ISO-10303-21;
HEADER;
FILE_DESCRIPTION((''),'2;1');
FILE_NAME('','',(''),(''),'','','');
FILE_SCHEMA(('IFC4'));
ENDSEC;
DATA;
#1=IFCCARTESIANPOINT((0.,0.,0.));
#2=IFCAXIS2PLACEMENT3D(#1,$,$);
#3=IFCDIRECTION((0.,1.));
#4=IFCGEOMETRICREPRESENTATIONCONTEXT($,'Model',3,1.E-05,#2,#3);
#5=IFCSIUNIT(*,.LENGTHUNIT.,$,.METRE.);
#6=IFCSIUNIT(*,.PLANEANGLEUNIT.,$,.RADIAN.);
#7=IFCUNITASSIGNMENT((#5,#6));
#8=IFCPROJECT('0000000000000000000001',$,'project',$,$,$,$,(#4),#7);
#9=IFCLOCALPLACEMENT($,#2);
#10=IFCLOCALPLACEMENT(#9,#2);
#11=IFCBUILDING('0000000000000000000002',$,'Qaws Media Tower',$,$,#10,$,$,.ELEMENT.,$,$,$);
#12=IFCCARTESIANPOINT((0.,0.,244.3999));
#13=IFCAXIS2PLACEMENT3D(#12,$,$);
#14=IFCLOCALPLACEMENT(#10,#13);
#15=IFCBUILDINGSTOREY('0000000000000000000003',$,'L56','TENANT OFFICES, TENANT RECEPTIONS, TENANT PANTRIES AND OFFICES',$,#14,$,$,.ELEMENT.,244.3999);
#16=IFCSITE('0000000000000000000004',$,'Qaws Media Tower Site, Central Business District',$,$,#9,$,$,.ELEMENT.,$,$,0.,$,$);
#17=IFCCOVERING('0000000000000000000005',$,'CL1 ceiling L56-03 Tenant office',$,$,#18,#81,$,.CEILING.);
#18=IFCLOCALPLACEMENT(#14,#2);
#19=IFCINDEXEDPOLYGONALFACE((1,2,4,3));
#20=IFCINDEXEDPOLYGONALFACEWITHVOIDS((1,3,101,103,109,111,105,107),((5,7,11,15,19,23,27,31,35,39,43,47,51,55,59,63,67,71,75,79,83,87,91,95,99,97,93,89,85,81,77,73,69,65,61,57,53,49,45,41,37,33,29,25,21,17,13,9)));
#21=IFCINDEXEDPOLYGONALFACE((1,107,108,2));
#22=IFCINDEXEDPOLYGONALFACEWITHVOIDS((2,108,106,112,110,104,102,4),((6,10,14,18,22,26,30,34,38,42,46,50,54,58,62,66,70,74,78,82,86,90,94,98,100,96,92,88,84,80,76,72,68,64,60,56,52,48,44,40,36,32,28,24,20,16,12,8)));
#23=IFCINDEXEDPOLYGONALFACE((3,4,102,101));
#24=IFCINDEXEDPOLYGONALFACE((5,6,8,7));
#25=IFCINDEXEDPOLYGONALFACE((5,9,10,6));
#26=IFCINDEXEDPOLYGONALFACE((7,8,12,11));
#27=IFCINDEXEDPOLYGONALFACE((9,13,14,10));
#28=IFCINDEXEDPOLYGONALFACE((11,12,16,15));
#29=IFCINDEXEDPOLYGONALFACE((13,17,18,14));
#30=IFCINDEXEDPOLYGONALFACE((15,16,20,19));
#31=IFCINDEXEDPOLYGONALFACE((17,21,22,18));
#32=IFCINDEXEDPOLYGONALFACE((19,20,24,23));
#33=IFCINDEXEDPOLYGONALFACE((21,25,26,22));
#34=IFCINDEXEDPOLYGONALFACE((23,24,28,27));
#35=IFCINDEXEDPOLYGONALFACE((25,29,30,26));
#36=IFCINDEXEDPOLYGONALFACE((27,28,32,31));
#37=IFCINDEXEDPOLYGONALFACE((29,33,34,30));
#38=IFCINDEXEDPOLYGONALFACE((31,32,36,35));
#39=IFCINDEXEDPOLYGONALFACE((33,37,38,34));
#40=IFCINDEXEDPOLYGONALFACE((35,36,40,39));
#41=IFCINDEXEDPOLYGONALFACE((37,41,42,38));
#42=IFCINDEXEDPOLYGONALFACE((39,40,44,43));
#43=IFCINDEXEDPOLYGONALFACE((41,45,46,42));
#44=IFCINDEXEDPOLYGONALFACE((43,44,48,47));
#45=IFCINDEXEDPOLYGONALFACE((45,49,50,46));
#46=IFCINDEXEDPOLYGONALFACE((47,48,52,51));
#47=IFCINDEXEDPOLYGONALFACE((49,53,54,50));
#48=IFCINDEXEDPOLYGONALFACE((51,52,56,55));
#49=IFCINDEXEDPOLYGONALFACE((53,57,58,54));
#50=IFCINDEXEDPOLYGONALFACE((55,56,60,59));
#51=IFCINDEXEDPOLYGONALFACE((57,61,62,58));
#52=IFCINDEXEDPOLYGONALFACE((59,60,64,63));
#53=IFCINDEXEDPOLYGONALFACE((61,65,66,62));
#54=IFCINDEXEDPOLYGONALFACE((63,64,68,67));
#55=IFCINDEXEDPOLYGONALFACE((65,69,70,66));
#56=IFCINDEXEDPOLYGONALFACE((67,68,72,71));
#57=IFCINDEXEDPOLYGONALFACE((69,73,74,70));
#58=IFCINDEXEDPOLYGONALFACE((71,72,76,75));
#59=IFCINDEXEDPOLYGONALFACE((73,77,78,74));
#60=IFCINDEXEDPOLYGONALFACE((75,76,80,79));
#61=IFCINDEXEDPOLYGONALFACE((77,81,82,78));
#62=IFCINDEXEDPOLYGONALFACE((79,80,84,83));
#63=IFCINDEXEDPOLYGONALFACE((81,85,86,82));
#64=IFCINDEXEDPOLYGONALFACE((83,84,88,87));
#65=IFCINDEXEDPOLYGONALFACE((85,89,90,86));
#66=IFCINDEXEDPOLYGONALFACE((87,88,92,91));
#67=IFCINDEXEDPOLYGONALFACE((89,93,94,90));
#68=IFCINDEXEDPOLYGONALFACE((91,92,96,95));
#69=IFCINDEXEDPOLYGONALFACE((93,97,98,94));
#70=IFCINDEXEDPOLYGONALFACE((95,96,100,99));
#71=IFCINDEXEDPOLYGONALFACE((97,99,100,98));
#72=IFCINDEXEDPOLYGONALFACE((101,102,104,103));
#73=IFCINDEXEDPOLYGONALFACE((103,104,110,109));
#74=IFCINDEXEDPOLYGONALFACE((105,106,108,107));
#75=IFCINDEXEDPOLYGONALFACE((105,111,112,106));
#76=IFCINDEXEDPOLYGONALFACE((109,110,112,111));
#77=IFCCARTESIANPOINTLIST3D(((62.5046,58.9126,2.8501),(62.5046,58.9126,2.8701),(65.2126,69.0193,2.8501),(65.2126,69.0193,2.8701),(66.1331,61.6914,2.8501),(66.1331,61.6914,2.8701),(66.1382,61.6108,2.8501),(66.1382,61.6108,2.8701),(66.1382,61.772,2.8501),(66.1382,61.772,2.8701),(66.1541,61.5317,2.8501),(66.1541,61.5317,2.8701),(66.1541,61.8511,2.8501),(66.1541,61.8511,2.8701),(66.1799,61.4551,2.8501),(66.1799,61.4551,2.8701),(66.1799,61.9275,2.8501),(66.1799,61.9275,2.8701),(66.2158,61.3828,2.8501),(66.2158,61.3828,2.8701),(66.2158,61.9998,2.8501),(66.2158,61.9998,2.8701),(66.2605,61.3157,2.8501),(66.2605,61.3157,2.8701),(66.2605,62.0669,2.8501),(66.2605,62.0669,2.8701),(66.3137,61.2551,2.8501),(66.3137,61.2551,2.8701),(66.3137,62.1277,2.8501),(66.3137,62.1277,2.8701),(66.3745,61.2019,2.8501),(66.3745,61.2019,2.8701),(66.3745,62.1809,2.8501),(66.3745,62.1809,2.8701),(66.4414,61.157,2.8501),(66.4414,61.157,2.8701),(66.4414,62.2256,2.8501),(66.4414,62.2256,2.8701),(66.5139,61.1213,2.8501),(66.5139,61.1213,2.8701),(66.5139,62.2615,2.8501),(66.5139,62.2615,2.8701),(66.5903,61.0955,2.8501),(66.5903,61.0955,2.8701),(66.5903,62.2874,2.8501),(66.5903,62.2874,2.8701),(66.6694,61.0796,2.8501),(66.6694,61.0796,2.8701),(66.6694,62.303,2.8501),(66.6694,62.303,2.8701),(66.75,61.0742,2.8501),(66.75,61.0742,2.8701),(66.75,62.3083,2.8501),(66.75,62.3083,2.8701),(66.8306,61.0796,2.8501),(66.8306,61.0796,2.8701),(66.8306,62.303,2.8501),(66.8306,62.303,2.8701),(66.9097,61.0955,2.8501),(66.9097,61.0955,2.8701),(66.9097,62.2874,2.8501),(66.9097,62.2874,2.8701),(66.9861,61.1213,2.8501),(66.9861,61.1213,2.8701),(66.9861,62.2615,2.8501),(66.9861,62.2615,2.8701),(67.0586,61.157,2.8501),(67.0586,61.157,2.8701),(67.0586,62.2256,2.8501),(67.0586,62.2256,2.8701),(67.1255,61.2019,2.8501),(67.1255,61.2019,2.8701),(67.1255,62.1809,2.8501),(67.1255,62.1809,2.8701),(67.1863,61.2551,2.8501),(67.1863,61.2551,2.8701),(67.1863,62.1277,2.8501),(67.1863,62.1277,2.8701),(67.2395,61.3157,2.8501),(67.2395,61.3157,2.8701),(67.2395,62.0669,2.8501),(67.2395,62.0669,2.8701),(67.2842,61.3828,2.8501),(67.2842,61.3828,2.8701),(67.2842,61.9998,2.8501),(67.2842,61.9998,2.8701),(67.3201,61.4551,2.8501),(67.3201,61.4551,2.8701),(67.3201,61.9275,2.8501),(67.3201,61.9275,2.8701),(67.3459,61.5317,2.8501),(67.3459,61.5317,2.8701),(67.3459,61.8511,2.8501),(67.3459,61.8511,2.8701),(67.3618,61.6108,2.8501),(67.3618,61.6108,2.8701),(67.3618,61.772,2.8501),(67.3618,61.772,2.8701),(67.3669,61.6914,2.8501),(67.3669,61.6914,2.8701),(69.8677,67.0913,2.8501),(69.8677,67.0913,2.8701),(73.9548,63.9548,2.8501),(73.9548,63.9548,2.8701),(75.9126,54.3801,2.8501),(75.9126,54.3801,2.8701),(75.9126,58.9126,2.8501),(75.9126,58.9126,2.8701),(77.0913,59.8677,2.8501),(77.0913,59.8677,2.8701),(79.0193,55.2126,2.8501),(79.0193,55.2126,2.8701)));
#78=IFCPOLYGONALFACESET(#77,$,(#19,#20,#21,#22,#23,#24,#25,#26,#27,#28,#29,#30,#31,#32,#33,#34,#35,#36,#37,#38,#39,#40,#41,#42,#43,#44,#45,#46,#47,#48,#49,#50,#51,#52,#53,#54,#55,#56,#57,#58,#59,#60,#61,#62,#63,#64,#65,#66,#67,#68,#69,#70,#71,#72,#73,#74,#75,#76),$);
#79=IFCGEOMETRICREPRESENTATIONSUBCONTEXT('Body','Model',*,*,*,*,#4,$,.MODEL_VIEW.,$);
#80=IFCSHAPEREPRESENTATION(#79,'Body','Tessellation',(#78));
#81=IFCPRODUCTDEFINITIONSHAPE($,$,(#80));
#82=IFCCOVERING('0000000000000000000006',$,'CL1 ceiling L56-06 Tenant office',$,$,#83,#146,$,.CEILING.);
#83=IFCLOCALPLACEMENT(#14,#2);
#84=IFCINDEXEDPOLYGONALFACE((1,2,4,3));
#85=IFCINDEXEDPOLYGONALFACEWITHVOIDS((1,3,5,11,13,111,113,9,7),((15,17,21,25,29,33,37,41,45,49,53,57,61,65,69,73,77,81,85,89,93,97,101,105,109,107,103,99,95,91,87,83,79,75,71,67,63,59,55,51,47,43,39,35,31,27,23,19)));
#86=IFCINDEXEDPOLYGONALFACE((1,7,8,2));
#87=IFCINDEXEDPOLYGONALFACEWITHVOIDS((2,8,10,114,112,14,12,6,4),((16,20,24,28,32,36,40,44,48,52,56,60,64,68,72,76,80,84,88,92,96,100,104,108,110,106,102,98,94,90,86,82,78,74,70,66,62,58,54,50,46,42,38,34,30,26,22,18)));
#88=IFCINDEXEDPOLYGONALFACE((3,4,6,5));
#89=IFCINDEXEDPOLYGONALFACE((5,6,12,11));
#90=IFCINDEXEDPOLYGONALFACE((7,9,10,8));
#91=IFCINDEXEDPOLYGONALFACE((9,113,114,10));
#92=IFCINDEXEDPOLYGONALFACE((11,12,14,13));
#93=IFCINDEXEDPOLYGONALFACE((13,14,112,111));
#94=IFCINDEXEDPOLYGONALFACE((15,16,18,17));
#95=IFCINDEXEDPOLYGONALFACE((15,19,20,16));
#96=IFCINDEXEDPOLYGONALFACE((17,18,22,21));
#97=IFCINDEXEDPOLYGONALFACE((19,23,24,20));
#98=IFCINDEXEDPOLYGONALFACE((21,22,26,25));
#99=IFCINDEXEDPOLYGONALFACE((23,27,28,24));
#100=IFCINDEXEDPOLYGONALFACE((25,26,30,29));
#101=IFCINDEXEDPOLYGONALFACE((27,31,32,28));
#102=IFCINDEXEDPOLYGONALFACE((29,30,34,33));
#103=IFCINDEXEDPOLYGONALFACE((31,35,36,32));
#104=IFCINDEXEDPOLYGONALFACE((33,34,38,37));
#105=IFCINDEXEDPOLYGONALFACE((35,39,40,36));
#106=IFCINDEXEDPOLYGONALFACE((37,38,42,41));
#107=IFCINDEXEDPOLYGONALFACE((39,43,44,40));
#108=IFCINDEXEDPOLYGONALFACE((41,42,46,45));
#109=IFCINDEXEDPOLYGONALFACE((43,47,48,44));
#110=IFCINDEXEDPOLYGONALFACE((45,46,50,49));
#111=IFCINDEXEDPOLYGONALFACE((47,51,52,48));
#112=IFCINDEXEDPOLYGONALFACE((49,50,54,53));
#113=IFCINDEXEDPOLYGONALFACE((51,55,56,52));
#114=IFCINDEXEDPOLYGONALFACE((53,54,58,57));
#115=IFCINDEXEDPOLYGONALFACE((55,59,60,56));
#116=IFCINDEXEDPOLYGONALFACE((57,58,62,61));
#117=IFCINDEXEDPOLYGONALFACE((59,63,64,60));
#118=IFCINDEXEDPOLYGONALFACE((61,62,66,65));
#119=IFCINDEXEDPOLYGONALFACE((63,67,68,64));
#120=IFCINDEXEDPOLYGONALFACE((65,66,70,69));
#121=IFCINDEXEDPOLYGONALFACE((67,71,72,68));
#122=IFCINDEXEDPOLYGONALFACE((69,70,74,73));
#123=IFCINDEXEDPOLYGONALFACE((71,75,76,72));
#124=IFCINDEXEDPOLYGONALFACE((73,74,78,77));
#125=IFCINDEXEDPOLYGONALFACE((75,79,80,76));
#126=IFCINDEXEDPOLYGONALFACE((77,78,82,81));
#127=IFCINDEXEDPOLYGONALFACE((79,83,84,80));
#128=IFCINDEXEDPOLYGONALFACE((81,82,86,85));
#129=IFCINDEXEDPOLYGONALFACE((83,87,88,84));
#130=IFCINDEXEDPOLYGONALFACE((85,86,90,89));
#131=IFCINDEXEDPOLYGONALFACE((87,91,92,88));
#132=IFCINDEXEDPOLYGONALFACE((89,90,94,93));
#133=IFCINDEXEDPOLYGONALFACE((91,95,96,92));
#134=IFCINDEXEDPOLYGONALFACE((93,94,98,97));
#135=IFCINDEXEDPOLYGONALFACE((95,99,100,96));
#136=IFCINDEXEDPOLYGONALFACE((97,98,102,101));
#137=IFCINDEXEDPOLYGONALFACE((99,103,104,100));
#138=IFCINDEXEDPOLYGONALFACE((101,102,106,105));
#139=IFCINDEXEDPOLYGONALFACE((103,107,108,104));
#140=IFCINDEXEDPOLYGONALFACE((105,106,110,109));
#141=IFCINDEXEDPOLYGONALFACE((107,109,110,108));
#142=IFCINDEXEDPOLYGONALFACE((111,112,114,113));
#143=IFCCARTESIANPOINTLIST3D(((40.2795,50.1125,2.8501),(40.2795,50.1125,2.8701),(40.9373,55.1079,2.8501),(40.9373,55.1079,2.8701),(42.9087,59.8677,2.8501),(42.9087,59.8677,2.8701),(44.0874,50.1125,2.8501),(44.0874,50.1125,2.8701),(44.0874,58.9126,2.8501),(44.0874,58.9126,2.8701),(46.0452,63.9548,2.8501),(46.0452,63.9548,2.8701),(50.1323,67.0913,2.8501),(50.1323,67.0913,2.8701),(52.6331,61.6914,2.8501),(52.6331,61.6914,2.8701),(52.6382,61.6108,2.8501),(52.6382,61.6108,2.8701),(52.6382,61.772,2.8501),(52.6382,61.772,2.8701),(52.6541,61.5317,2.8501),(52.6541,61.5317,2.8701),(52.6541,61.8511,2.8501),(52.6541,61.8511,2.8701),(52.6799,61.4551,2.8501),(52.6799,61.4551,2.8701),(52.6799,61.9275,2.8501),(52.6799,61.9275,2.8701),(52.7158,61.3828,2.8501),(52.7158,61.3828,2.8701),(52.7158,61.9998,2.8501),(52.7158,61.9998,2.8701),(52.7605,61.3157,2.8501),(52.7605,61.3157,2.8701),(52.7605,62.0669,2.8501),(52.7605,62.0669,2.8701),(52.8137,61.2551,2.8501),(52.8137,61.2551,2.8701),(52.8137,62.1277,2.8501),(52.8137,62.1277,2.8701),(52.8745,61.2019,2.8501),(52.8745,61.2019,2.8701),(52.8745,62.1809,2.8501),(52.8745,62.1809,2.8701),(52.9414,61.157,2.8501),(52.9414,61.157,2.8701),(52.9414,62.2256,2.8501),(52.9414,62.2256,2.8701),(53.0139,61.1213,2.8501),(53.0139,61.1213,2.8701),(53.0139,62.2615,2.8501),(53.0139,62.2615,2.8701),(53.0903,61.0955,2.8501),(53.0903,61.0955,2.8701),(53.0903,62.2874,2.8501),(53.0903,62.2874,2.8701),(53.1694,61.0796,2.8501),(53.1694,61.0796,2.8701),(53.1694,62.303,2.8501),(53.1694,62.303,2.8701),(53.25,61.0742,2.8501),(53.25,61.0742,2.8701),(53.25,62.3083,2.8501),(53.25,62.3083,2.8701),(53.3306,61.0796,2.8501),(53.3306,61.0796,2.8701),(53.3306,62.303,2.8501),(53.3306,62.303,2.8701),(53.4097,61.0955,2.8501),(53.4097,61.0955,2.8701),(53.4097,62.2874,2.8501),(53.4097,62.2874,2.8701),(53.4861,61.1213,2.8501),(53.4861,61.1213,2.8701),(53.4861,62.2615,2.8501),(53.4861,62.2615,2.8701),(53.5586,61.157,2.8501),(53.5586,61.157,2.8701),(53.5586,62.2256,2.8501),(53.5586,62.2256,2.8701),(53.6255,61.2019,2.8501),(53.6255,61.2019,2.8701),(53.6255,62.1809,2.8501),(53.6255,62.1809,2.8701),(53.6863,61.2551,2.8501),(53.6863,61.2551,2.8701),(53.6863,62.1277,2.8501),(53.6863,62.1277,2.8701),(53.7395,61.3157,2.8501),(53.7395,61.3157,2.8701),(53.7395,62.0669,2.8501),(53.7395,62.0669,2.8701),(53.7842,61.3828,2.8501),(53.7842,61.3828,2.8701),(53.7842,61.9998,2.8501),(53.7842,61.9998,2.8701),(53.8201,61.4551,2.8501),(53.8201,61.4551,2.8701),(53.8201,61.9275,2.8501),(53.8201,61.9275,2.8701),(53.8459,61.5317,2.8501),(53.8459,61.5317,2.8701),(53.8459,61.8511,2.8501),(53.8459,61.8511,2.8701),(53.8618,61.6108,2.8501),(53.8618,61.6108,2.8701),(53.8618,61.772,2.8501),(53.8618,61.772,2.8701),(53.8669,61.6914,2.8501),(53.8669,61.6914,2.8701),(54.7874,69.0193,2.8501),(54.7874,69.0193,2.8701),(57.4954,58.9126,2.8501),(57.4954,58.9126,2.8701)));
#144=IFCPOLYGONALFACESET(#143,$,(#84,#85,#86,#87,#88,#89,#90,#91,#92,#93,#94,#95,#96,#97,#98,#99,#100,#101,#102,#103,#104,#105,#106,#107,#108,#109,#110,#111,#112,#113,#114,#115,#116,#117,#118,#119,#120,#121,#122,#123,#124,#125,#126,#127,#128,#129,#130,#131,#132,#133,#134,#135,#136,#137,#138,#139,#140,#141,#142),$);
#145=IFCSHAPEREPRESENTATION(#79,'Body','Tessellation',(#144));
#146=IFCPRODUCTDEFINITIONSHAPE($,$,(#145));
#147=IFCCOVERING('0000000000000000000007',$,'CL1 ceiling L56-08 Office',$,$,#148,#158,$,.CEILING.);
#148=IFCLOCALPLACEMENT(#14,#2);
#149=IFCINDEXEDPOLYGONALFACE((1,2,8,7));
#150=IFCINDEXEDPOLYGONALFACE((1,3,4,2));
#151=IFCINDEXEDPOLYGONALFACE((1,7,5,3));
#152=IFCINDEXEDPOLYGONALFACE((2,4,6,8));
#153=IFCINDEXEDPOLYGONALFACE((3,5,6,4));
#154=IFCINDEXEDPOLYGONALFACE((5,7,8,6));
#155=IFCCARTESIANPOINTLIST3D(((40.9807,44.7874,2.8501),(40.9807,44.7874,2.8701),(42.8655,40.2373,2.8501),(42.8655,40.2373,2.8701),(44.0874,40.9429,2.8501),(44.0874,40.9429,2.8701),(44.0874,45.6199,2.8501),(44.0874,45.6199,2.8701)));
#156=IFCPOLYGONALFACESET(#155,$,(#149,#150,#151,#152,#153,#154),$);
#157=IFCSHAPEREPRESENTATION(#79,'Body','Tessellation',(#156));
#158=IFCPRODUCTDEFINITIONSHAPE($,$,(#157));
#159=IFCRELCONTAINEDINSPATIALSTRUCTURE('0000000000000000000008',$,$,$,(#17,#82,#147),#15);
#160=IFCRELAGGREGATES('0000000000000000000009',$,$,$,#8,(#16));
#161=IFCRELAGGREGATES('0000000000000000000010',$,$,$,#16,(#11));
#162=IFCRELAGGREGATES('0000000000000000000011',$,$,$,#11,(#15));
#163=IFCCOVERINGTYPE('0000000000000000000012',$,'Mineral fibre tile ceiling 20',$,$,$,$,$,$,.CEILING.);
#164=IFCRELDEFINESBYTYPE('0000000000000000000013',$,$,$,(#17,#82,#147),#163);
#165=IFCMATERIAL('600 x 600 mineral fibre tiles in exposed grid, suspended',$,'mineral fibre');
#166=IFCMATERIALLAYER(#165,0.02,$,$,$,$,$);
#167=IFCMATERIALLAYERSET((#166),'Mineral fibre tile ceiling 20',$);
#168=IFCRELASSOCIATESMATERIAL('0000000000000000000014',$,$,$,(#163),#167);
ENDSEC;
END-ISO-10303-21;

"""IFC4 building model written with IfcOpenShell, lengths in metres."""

from ifc_helpers import new_model, si_unit, direction, frame, origin, place, context, subcontext, project, spatial, polyline, outline, extrude, material, layer, layer_set, type_object, element, save


model = new_model("IFC4")

# Units and contexts
model_context = context("Model", 3, precision=1e-05, world=origin(), true_north=direction((0.0, 1.0)))
body_context = subcontext(model_context, "Body", "Model", "MODEL_VIEW")
ifc_project = project(units=[si_unit("LENGTHUNIT", "METRE"), si_unit("PLANEANGLEUNIT", "RADIAN")], contexts=[model_context])

# Site, building, storey
site_placement = place(None, origin())
site = spatial("IfcSite", under=ifc_project, at=site_placement, Name="Qaws Media Tower Site, Central Business District", CompositionType="ELEMENT", RefElevation=0.0)
building_placement = place(site_placement, origin())
building = spatial("IfcBuilding", under=site, at=building_placement, Name="Qaws Media Tower", CompositionType="ELEMENT")
storey_placement = place(building_placement, frame((0.0, 0.0, 244.3999)))
storey = spatial("IfcBuildingStorey", under=building, at=storey_placement, Name="L56", Description="TENANT OFFICES, TENANT RECEPTIONS, TENANT PANTRIES AND OFFICES", CompositionType="ELEMENT", Elevation=244.3999)

# Coverings
ifc_material_1 = material(Name="600 x 600 mineral fibre tiles in exposed grid, suspended", Category="mineral fibre")
ifc_layer_1 = layer(ifc_material_1, 0.02)
ifc_layer_set_1 = layer_set([ifc_layer_1], Name="Mineral fibre tile ceiling 20")
covering_type_1 = type_object("IfcCoveringType", Name="Mineral fibre tile ceiling 20", PredefinedType="CEILING", material=ifc_layer_set_1)
covering_1_placement = place(storey_placement, frame((0.0, 0.0, 2.8501)))
element("IfcCovering", 1, at=covering_1_placement, inside=storey, type_object=covering_type_1, Name="CL1 ceiling L56-03 Tenant office", PredefinedType="CEILING", context=body_context, shape_type="SweptSolid", body=[
    extrude(outline(polyline([(69.8677, 67.0913), (73.9548, 63.9548), (77.0913, 59.8677), (79.0193, 55.2126), (75.9126, 54.3801), (75.9126, 58.9126), (62.5046, 58.9126), (65.2126, 69.0193), (69.8677, 67.0913)]), holes=[polyline([(67.3201, 61.4551), (67.3459, 61.5317), (67.3618, 61.6108), (67.3669, 61.6914), (67.3618, 61.772), (67.3459, 61.8511), (67.3201, 61.9275), (67.2842, 61.9998), (67.2395, 62.0669), (67.1863, 62.1277), (67.1255, 62.1809), (67.0586, 62.2256), (66.9861, 62.2615), (66.9097, 62.2874), (66.8306, 62.303), (66.75, 62.3083), (66.6694, 62.303), (66.5903, 62.2874), (66.5139, 62.2615), (66.4414, 62.2256), (66.3745, 62.1809), (66.3137, 62.1277), (66.2605, 62.0669), (66.2158, 61.9998), (66.1799, 61.9275), (66.1541, 61.8511), (66.1382, 61.772), (66.1331, 61.6914), (66.1382, 61.6108), (66.1541, 61.5317), (66.1799, 61.4551), (66.2158, 61.3828), (66.2605, 61.3157), (66.3137, 61.2551), (66.3745, 61.2019), (66.4414, 61.157), (66.5139, 61.1213), (66.5903, 61.0955), (66.6694, 61.0796), (66.75, 61.0742), (66.8306, 61.0796), (66.9097, 61.0955), (66.9861, 61.1213), (67.0586, 61.157), (67.1255, 61.2019), (67.1863, 61.2551), (67.2395, 61.3157), (67.2842, 61.3828), (67.3201, 61.4551)])]), origin(), (0.0, 0.0, 1.0), 0.02),
])
covering_2_placement = place(storey_placement, frame((0.0, 0.0, 2.8501)))
element("IfcCovering", 2, at=covering_2_placement, inside=storey, type_object=covering_type_1, Name="CL1 ceiling L56-06 Tenant office", PredefinedType="CEILING", context=body_context, shape_type="SweptSolid", body=[
    extrude(outline(polyline([(40.9373, 55.1079), (42.9087, 59.8677), (46.0452, 63.9548), (50.1323, 67.0913), (54.7874, 69.0193), (57.4954, 58.9126), (44.0874, 58.9126), (44.0874, 50.1125), (40.2795, 50.1125), (40.9373, 55.1079)]), holes=[polyline([(53.8201, 61.4551), (53.8459, 61.5317), (53.8618, 61.6108), (53.8669, 61.6914), (53.8618, 61.772), (53.8459, 61.8511), (53.8201, 61.9275), (53.7842, 61.9998), (53.7395, 62.0669), (53.6863, 62.1277), (53.6255, 62.1809), (53.5586, 62.2256), (53.4861, 62.2615), (53.4097, 62.2874), (53.3306, 62.303), (53.25, 62.3083), (53.1694, 62.303), (53.0903, 62.2874), (53.0139, 62.2615), (52.9414, 62.2256), (52.8745, 62.1809), (52.8137, 62.1277), (52.7605, 62.0669), (52.7158, 61.9998), (52.6799, 61.9275), (52.6541, 61.8511), (52.6382, 61.772), (52.6331, 61.6914), (52.6382, 61.6108), (52.6541, 61.5317), (52.6799, 61.4551), (52.7158, 61.3828), (52.7605, 61.3157), (52.8137, 61.2551), (52.8745, 61.2019), (52.9414, 61.157), (53.0139, 61.1213), (53.0903, 61.0955), (53.1694, 61.0796), (53.25, 61.0742), (53.3306, 61.0796), (53.4097, 61.0955), (53.4861, 61.1213), (53.5586, 61.157), (53.6255, 61.2019), (53.6863, 61.2551), (53.7395, 61.3157), (53.7842, 61.3828), (53.8201, 61.4551)])]), origin(), (0.0, 0.0, 1.0), 0.02),
])
covering_3_placement = place(storey_placement, frame((0.0, 0.0, 2.8501)))
element("IfcCovering", 3, at=covering_3_placement, inside=storey, type_object=covering_type_1, Name="CL1 ceiling L56-08 Office", PredefinedType="CEILING", context=body_context, shape_type="SweptSolid", body=[
    extrude(outline(polyline([(40.9807, 44.7874), (44.0874, 45.6199), (44.0874, 40.9429), (42.8655, 40.2373), (40.9807, 44.7874)])), origin(), (0.0, 0.0, 1.0), 0.02),
])

save(model, "model.ifc")
